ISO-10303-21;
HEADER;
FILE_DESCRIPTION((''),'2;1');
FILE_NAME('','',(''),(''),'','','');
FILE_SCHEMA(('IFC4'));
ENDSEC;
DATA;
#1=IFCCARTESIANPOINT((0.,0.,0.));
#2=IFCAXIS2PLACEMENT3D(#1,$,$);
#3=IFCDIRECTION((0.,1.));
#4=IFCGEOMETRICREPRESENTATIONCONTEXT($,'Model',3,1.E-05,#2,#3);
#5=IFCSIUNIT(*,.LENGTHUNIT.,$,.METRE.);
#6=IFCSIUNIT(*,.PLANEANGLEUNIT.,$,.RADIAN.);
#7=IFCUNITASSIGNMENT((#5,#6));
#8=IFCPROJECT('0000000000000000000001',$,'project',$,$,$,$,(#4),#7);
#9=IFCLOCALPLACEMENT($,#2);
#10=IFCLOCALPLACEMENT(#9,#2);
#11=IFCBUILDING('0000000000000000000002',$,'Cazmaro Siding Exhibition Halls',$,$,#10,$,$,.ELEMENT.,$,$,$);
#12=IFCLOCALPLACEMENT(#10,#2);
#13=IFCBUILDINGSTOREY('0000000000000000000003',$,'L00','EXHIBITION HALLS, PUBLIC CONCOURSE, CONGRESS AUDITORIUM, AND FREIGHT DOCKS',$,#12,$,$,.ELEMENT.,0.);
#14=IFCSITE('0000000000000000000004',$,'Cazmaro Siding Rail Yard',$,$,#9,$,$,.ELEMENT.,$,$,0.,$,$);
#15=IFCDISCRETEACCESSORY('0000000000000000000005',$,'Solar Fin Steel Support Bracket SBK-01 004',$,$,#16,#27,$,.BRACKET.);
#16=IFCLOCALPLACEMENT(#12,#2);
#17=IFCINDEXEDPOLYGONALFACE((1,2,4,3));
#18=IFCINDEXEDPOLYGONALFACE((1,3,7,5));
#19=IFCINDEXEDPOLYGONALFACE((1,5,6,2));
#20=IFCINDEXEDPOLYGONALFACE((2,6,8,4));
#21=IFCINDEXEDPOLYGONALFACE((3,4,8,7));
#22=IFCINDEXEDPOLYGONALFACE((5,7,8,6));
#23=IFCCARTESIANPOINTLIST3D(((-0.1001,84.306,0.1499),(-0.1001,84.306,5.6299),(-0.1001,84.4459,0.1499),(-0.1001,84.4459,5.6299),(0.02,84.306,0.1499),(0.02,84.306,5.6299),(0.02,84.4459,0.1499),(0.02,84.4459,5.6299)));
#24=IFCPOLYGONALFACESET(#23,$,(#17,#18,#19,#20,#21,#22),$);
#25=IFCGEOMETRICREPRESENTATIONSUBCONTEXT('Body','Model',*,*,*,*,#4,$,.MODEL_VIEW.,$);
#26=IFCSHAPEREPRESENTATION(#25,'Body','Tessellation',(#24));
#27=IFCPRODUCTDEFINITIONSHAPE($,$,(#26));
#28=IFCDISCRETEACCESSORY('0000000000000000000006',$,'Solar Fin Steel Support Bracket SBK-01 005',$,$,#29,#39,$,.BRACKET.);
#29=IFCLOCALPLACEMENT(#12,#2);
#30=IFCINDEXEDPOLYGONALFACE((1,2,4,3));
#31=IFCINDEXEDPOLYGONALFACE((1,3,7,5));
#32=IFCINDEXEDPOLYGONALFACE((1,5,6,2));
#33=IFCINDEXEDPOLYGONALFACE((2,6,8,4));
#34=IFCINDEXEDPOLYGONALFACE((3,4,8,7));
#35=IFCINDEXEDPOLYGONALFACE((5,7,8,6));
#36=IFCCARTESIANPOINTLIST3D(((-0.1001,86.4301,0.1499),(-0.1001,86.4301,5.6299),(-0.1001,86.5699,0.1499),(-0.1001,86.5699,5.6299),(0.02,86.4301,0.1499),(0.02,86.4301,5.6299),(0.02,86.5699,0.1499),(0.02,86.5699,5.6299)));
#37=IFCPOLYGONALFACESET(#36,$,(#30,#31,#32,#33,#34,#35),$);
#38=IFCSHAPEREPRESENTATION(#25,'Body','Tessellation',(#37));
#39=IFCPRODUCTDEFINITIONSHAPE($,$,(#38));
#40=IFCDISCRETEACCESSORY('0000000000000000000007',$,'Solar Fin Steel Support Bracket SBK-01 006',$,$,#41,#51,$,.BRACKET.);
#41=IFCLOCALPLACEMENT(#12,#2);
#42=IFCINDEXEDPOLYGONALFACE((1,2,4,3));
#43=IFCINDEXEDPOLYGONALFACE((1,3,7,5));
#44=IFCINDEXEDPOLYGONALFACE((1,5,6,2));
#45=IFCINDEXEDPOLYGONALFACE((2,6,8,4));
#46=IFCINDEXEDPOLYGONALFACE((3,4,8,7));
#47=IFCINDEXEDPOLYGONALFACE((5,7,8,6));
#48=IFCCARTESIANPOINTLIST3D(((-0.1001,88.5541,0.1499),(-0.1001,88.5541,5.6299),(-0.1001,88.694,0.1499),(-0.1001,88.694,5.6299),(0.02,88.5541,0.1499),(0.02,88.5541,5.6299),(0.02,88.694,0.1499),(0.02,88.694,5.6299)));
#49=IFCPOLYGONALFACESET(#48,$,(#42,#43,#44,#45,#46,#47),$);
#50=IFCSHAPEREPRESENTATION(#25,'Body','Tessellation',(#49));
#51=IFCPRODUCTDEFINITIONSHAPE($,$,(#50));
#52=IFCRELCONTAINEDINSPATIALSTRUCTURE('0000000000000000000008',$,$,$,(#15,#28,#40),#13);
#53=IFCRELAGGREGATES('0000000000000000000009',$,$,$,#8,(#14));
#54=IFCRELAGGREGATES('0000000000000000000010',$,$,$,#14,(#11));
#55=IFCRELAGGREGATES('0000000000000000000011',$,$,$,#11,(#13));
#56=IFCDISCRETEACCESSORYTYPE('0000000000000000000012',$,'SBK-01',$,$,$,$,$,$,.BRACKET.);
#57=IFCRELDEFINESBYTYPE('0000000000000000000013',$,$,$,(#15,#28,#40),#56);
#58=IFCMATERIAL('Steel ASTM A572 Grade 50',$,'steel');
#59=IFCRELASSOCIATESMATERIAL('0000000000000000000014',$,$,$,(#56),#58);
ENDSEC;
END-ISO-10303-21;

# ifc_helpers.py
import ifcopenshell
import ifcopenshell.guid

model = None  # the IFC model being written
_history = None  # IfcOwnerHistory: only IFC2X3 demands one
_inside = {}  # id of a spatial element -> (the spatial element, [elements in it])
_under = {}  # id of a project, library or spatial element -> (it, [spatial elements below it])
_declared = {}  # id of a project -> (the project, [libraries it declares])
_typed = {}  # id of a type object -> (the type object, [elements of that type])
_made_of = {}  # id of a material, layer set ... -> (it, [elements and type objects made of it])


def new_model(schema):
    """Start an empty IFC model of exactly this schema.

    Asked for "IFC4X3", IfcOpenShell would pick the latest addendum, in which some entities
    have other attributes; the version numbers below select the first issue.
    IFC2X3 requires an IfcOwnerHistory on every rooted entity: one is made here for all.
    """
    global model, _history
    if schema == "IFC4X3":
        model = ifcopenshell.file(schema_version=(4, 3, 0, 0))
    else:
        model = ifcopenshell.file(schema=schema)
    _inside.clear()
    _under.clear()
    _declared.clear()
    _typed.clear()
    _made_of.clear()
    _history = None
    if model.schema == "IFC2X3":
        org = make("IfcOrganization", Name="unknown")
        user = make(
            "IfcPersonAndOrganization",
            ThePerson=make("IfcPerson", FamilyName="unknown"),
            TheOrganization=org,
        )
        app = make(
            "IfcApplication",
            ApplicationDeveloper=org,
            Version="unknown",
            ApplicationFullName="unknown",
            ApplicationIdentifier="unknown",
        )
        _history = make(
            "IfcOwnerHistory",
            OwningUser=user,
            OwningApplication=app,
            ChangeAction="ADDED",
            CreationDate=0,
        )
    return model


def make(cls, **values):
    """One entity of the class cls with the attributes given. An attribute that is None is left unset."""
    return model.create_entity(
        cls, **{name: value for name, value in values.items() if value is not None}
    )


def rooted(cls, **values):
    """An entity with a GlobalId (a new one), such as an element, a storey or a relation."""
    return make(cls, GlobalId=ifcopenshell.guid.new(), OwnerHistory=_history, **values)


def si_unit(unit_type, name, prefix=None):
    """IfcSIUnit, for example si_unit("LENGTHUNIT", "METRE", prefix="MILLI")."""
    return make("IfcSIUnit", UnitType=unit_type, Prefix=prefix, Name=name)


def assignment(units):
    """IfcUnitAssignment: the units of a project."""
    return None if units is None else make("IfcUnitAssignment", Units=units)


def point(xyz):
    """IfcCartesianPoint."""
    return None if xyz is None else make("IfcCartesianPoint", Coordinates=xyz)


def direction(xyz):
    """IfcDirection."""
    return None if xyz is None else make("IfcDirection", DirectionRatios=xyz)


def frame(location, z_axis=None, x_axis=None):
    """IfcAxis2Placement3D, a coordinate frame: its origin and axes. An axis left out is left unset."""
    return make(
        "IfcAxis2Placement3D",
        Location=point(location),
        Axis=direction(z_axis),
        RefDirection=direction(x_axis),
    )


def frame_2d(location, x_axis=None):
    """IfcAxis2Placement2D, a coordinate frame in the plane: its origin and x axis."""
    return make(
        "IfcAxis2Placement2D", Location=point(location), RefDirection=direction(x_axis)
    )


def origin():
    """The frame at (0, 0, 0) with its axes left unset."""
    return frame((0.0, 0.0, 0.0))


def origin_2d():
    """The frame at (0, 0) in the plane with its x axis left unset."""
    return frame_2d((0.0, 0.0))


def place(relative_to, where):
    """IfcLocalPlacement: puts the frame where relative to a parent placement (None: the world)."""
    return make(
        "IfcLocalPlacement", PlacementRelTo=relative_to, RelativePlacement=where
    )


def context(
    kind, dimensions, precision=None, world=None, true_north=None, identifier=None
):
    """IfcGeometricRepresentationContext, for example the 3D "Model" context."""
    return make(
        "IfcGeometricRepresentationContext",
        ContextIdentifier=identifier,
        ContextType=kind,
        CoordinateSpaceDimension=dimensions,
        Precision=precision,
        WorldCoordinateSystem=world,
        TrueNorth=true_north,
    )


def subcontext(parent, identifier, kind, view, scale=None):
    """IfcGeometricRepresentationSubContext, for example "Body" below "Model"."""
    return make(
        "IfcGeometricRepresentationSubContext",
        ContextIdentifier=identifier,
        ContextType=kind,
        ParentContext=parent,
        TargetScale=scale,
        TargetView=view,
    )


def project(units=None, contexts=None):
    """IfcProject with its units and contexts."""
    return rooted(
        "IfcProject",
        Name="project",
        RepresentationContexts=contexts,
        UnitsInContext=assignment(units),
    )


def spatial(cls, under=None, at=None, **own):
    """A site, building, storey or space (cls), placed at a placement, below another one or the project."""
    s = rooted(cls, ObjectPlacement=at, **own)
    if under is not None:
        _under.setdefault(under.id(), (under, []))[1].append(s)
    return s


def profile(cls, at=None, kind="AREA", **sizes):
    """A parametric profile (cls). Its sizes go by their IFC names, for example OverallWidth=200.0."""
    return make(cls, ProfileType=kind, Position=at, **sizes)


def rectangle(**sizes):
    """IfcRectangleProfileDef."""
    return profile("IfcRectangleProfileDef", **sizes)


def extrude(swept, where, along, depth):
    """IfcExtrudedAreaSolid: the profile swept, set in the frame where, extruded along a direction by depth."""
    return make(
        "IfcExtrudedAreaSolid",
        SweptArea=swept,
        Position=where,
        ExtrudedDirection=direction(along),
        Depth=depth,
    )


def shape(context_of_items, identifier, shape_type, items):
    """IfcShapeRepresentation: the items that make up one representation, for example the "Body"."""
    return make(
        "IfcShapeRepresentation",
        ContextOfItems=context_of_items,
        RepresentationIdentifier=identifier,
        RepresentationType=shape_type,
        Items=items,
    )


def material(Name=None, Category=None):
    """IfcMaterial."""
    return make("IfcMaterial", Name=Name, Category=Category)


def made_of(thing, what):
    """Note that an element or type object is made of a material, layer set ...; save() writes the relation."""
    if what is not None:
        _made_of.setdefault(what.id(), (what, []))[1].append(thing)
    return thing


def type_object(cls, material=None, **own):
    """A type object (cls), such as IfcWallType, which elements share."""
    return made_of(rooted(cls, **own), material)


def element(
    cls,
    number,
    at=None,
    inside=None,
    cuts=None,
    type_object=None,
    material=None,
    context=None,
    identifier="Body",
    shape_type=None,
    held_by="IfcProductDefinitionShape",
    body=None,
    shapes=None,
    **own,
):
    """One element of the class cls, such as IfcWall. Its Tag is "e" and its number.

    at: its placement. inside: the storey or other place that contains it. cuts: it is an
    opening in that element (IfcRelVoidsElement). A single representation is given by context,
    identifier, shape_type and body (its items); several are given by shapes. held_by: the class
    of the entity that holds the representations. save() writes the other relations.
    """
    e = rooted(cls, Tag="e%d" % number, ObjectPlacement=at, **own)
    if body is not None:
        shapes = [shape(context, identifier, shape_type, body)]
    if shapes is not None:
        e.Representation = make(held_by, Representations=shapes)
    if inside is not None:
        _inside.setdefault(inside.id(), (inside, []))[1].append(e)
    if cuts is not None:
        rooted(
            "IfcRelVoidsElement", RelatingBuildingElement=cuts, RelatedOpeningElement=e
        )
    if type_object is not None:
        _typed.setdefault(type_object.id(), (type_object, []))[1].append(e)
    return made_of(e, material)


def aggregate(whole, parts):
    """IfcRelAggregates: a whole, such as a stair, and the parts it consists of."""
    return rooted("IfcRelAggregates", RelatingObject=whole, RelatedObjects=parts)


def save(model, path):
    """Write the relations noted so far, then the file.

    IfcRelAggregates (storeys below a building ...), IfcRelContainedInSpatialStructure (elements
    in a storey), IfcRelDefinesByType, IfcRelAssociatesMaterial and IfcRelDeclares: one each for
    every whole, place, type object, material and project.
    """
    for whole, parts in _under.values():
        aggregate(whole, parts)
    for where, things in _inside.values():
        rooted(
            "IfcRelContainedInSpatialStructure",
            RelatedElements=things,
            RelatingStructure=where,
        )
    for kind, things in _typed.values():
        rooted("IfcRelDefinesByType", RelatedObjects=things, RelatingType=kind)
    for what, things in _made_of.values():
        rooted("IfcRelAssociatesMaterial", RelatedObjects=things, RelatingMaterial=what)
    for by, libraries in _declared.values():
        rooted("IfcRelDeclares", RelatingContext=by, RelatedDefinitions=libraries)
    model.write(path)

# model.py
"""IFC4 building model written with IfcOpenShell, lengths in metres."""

from ifc_helpers import new_model, si_unit, direction, frame, origin, origin_2d, place, context, subcontext, project, spatial, rectangle, extrude, material, type_object, element, save


model = new_model("IFC4")

# Units and contexts
model_context = context("Model", 3, precision=1e-05, world=origin(), true_north=direction((0.0, 1.0)))
body_context = subcontext(model_context, "Body", "Model", "MODEL_VIEW")
ifc_project = project(units=[si_unit("LENGTHUNIT", "METRE"), si_unit("PLANEANGLEUNIT", "RADIAN")], contexts=[model_context])

# Site, building, storey
site_placement = place(None, origin())
site = spatial("IfcSite", under=ifc_project, at=site_placement, Name="Cazmaro Siding Rail Yard", CompositionType="ELEMENT", RefElevation=0.0)
building_placement = place(site_placement, origin())
building = spatial("IfcBuilding", under=site, at=building_placement, Name="Cazmaro Siding Exhibition Halls", CompositionType="ELEMENT")
storey_placement = place(building_placement, origin())
storey = spatial("IfcBuildingStorey", under=building, at=storey_placement, Name="L00", Description="EXHIBITION HALLS, PUBLIC CONCOURSE, CONGRESS AUDITORIUM, AND FREIGHT DOCKS", CompositionType="ELEMENT", Elevation=0.0)

# Discrete accessories
ifc_material_1 = material(Name="Steel ASTM A572 Grade 50", Category="steel")
discrete_accessory_type = type_object("IfcDiscreteAccessoryType", Name="SBK-01", PredefinedType="BRACKET", material=ifc_material_1)
for number, where, z_axis, x_axis, name in (
    (1, (-0.04, 84.376, 0.1499), (0.0, 0.0, 1.0), (1.0, 0.0, 0.0), "Solar Fin Steel Support Bracket SBK-01 004"),
    (2, (-0.04, 86.5, 0.1499), (0.0, 0.0, 1.0), (1.0, 0.0, 0.0), "Solar Fin Steel Support Bracket SBK-01 005"),
    (3, (-0.04, 88.624, 0.1499), (0.0, 0.0, 1.0), (1.0, 0.0, 0.0), "Solar Fin Steel Support Bracket SBK-01 006"),
):
    element("IfcDiscreteAccessory", number, at=place(storey_placement, frame(where, z_axis=z_axis, x_axis=x_axis)), inside=storey, type_object=discrete_accessory_type, Name=name, PredefinedType="BRACKET", context=body_context, shape_type="SweptSolid", body=[
        extrude(rectangle(XDim=0.1201, YDim=0.1399, at=origin_2d()), origin(), (0.0, 0.0, 1.0), 5.48),
    ])

save(model, "model.ifc")
